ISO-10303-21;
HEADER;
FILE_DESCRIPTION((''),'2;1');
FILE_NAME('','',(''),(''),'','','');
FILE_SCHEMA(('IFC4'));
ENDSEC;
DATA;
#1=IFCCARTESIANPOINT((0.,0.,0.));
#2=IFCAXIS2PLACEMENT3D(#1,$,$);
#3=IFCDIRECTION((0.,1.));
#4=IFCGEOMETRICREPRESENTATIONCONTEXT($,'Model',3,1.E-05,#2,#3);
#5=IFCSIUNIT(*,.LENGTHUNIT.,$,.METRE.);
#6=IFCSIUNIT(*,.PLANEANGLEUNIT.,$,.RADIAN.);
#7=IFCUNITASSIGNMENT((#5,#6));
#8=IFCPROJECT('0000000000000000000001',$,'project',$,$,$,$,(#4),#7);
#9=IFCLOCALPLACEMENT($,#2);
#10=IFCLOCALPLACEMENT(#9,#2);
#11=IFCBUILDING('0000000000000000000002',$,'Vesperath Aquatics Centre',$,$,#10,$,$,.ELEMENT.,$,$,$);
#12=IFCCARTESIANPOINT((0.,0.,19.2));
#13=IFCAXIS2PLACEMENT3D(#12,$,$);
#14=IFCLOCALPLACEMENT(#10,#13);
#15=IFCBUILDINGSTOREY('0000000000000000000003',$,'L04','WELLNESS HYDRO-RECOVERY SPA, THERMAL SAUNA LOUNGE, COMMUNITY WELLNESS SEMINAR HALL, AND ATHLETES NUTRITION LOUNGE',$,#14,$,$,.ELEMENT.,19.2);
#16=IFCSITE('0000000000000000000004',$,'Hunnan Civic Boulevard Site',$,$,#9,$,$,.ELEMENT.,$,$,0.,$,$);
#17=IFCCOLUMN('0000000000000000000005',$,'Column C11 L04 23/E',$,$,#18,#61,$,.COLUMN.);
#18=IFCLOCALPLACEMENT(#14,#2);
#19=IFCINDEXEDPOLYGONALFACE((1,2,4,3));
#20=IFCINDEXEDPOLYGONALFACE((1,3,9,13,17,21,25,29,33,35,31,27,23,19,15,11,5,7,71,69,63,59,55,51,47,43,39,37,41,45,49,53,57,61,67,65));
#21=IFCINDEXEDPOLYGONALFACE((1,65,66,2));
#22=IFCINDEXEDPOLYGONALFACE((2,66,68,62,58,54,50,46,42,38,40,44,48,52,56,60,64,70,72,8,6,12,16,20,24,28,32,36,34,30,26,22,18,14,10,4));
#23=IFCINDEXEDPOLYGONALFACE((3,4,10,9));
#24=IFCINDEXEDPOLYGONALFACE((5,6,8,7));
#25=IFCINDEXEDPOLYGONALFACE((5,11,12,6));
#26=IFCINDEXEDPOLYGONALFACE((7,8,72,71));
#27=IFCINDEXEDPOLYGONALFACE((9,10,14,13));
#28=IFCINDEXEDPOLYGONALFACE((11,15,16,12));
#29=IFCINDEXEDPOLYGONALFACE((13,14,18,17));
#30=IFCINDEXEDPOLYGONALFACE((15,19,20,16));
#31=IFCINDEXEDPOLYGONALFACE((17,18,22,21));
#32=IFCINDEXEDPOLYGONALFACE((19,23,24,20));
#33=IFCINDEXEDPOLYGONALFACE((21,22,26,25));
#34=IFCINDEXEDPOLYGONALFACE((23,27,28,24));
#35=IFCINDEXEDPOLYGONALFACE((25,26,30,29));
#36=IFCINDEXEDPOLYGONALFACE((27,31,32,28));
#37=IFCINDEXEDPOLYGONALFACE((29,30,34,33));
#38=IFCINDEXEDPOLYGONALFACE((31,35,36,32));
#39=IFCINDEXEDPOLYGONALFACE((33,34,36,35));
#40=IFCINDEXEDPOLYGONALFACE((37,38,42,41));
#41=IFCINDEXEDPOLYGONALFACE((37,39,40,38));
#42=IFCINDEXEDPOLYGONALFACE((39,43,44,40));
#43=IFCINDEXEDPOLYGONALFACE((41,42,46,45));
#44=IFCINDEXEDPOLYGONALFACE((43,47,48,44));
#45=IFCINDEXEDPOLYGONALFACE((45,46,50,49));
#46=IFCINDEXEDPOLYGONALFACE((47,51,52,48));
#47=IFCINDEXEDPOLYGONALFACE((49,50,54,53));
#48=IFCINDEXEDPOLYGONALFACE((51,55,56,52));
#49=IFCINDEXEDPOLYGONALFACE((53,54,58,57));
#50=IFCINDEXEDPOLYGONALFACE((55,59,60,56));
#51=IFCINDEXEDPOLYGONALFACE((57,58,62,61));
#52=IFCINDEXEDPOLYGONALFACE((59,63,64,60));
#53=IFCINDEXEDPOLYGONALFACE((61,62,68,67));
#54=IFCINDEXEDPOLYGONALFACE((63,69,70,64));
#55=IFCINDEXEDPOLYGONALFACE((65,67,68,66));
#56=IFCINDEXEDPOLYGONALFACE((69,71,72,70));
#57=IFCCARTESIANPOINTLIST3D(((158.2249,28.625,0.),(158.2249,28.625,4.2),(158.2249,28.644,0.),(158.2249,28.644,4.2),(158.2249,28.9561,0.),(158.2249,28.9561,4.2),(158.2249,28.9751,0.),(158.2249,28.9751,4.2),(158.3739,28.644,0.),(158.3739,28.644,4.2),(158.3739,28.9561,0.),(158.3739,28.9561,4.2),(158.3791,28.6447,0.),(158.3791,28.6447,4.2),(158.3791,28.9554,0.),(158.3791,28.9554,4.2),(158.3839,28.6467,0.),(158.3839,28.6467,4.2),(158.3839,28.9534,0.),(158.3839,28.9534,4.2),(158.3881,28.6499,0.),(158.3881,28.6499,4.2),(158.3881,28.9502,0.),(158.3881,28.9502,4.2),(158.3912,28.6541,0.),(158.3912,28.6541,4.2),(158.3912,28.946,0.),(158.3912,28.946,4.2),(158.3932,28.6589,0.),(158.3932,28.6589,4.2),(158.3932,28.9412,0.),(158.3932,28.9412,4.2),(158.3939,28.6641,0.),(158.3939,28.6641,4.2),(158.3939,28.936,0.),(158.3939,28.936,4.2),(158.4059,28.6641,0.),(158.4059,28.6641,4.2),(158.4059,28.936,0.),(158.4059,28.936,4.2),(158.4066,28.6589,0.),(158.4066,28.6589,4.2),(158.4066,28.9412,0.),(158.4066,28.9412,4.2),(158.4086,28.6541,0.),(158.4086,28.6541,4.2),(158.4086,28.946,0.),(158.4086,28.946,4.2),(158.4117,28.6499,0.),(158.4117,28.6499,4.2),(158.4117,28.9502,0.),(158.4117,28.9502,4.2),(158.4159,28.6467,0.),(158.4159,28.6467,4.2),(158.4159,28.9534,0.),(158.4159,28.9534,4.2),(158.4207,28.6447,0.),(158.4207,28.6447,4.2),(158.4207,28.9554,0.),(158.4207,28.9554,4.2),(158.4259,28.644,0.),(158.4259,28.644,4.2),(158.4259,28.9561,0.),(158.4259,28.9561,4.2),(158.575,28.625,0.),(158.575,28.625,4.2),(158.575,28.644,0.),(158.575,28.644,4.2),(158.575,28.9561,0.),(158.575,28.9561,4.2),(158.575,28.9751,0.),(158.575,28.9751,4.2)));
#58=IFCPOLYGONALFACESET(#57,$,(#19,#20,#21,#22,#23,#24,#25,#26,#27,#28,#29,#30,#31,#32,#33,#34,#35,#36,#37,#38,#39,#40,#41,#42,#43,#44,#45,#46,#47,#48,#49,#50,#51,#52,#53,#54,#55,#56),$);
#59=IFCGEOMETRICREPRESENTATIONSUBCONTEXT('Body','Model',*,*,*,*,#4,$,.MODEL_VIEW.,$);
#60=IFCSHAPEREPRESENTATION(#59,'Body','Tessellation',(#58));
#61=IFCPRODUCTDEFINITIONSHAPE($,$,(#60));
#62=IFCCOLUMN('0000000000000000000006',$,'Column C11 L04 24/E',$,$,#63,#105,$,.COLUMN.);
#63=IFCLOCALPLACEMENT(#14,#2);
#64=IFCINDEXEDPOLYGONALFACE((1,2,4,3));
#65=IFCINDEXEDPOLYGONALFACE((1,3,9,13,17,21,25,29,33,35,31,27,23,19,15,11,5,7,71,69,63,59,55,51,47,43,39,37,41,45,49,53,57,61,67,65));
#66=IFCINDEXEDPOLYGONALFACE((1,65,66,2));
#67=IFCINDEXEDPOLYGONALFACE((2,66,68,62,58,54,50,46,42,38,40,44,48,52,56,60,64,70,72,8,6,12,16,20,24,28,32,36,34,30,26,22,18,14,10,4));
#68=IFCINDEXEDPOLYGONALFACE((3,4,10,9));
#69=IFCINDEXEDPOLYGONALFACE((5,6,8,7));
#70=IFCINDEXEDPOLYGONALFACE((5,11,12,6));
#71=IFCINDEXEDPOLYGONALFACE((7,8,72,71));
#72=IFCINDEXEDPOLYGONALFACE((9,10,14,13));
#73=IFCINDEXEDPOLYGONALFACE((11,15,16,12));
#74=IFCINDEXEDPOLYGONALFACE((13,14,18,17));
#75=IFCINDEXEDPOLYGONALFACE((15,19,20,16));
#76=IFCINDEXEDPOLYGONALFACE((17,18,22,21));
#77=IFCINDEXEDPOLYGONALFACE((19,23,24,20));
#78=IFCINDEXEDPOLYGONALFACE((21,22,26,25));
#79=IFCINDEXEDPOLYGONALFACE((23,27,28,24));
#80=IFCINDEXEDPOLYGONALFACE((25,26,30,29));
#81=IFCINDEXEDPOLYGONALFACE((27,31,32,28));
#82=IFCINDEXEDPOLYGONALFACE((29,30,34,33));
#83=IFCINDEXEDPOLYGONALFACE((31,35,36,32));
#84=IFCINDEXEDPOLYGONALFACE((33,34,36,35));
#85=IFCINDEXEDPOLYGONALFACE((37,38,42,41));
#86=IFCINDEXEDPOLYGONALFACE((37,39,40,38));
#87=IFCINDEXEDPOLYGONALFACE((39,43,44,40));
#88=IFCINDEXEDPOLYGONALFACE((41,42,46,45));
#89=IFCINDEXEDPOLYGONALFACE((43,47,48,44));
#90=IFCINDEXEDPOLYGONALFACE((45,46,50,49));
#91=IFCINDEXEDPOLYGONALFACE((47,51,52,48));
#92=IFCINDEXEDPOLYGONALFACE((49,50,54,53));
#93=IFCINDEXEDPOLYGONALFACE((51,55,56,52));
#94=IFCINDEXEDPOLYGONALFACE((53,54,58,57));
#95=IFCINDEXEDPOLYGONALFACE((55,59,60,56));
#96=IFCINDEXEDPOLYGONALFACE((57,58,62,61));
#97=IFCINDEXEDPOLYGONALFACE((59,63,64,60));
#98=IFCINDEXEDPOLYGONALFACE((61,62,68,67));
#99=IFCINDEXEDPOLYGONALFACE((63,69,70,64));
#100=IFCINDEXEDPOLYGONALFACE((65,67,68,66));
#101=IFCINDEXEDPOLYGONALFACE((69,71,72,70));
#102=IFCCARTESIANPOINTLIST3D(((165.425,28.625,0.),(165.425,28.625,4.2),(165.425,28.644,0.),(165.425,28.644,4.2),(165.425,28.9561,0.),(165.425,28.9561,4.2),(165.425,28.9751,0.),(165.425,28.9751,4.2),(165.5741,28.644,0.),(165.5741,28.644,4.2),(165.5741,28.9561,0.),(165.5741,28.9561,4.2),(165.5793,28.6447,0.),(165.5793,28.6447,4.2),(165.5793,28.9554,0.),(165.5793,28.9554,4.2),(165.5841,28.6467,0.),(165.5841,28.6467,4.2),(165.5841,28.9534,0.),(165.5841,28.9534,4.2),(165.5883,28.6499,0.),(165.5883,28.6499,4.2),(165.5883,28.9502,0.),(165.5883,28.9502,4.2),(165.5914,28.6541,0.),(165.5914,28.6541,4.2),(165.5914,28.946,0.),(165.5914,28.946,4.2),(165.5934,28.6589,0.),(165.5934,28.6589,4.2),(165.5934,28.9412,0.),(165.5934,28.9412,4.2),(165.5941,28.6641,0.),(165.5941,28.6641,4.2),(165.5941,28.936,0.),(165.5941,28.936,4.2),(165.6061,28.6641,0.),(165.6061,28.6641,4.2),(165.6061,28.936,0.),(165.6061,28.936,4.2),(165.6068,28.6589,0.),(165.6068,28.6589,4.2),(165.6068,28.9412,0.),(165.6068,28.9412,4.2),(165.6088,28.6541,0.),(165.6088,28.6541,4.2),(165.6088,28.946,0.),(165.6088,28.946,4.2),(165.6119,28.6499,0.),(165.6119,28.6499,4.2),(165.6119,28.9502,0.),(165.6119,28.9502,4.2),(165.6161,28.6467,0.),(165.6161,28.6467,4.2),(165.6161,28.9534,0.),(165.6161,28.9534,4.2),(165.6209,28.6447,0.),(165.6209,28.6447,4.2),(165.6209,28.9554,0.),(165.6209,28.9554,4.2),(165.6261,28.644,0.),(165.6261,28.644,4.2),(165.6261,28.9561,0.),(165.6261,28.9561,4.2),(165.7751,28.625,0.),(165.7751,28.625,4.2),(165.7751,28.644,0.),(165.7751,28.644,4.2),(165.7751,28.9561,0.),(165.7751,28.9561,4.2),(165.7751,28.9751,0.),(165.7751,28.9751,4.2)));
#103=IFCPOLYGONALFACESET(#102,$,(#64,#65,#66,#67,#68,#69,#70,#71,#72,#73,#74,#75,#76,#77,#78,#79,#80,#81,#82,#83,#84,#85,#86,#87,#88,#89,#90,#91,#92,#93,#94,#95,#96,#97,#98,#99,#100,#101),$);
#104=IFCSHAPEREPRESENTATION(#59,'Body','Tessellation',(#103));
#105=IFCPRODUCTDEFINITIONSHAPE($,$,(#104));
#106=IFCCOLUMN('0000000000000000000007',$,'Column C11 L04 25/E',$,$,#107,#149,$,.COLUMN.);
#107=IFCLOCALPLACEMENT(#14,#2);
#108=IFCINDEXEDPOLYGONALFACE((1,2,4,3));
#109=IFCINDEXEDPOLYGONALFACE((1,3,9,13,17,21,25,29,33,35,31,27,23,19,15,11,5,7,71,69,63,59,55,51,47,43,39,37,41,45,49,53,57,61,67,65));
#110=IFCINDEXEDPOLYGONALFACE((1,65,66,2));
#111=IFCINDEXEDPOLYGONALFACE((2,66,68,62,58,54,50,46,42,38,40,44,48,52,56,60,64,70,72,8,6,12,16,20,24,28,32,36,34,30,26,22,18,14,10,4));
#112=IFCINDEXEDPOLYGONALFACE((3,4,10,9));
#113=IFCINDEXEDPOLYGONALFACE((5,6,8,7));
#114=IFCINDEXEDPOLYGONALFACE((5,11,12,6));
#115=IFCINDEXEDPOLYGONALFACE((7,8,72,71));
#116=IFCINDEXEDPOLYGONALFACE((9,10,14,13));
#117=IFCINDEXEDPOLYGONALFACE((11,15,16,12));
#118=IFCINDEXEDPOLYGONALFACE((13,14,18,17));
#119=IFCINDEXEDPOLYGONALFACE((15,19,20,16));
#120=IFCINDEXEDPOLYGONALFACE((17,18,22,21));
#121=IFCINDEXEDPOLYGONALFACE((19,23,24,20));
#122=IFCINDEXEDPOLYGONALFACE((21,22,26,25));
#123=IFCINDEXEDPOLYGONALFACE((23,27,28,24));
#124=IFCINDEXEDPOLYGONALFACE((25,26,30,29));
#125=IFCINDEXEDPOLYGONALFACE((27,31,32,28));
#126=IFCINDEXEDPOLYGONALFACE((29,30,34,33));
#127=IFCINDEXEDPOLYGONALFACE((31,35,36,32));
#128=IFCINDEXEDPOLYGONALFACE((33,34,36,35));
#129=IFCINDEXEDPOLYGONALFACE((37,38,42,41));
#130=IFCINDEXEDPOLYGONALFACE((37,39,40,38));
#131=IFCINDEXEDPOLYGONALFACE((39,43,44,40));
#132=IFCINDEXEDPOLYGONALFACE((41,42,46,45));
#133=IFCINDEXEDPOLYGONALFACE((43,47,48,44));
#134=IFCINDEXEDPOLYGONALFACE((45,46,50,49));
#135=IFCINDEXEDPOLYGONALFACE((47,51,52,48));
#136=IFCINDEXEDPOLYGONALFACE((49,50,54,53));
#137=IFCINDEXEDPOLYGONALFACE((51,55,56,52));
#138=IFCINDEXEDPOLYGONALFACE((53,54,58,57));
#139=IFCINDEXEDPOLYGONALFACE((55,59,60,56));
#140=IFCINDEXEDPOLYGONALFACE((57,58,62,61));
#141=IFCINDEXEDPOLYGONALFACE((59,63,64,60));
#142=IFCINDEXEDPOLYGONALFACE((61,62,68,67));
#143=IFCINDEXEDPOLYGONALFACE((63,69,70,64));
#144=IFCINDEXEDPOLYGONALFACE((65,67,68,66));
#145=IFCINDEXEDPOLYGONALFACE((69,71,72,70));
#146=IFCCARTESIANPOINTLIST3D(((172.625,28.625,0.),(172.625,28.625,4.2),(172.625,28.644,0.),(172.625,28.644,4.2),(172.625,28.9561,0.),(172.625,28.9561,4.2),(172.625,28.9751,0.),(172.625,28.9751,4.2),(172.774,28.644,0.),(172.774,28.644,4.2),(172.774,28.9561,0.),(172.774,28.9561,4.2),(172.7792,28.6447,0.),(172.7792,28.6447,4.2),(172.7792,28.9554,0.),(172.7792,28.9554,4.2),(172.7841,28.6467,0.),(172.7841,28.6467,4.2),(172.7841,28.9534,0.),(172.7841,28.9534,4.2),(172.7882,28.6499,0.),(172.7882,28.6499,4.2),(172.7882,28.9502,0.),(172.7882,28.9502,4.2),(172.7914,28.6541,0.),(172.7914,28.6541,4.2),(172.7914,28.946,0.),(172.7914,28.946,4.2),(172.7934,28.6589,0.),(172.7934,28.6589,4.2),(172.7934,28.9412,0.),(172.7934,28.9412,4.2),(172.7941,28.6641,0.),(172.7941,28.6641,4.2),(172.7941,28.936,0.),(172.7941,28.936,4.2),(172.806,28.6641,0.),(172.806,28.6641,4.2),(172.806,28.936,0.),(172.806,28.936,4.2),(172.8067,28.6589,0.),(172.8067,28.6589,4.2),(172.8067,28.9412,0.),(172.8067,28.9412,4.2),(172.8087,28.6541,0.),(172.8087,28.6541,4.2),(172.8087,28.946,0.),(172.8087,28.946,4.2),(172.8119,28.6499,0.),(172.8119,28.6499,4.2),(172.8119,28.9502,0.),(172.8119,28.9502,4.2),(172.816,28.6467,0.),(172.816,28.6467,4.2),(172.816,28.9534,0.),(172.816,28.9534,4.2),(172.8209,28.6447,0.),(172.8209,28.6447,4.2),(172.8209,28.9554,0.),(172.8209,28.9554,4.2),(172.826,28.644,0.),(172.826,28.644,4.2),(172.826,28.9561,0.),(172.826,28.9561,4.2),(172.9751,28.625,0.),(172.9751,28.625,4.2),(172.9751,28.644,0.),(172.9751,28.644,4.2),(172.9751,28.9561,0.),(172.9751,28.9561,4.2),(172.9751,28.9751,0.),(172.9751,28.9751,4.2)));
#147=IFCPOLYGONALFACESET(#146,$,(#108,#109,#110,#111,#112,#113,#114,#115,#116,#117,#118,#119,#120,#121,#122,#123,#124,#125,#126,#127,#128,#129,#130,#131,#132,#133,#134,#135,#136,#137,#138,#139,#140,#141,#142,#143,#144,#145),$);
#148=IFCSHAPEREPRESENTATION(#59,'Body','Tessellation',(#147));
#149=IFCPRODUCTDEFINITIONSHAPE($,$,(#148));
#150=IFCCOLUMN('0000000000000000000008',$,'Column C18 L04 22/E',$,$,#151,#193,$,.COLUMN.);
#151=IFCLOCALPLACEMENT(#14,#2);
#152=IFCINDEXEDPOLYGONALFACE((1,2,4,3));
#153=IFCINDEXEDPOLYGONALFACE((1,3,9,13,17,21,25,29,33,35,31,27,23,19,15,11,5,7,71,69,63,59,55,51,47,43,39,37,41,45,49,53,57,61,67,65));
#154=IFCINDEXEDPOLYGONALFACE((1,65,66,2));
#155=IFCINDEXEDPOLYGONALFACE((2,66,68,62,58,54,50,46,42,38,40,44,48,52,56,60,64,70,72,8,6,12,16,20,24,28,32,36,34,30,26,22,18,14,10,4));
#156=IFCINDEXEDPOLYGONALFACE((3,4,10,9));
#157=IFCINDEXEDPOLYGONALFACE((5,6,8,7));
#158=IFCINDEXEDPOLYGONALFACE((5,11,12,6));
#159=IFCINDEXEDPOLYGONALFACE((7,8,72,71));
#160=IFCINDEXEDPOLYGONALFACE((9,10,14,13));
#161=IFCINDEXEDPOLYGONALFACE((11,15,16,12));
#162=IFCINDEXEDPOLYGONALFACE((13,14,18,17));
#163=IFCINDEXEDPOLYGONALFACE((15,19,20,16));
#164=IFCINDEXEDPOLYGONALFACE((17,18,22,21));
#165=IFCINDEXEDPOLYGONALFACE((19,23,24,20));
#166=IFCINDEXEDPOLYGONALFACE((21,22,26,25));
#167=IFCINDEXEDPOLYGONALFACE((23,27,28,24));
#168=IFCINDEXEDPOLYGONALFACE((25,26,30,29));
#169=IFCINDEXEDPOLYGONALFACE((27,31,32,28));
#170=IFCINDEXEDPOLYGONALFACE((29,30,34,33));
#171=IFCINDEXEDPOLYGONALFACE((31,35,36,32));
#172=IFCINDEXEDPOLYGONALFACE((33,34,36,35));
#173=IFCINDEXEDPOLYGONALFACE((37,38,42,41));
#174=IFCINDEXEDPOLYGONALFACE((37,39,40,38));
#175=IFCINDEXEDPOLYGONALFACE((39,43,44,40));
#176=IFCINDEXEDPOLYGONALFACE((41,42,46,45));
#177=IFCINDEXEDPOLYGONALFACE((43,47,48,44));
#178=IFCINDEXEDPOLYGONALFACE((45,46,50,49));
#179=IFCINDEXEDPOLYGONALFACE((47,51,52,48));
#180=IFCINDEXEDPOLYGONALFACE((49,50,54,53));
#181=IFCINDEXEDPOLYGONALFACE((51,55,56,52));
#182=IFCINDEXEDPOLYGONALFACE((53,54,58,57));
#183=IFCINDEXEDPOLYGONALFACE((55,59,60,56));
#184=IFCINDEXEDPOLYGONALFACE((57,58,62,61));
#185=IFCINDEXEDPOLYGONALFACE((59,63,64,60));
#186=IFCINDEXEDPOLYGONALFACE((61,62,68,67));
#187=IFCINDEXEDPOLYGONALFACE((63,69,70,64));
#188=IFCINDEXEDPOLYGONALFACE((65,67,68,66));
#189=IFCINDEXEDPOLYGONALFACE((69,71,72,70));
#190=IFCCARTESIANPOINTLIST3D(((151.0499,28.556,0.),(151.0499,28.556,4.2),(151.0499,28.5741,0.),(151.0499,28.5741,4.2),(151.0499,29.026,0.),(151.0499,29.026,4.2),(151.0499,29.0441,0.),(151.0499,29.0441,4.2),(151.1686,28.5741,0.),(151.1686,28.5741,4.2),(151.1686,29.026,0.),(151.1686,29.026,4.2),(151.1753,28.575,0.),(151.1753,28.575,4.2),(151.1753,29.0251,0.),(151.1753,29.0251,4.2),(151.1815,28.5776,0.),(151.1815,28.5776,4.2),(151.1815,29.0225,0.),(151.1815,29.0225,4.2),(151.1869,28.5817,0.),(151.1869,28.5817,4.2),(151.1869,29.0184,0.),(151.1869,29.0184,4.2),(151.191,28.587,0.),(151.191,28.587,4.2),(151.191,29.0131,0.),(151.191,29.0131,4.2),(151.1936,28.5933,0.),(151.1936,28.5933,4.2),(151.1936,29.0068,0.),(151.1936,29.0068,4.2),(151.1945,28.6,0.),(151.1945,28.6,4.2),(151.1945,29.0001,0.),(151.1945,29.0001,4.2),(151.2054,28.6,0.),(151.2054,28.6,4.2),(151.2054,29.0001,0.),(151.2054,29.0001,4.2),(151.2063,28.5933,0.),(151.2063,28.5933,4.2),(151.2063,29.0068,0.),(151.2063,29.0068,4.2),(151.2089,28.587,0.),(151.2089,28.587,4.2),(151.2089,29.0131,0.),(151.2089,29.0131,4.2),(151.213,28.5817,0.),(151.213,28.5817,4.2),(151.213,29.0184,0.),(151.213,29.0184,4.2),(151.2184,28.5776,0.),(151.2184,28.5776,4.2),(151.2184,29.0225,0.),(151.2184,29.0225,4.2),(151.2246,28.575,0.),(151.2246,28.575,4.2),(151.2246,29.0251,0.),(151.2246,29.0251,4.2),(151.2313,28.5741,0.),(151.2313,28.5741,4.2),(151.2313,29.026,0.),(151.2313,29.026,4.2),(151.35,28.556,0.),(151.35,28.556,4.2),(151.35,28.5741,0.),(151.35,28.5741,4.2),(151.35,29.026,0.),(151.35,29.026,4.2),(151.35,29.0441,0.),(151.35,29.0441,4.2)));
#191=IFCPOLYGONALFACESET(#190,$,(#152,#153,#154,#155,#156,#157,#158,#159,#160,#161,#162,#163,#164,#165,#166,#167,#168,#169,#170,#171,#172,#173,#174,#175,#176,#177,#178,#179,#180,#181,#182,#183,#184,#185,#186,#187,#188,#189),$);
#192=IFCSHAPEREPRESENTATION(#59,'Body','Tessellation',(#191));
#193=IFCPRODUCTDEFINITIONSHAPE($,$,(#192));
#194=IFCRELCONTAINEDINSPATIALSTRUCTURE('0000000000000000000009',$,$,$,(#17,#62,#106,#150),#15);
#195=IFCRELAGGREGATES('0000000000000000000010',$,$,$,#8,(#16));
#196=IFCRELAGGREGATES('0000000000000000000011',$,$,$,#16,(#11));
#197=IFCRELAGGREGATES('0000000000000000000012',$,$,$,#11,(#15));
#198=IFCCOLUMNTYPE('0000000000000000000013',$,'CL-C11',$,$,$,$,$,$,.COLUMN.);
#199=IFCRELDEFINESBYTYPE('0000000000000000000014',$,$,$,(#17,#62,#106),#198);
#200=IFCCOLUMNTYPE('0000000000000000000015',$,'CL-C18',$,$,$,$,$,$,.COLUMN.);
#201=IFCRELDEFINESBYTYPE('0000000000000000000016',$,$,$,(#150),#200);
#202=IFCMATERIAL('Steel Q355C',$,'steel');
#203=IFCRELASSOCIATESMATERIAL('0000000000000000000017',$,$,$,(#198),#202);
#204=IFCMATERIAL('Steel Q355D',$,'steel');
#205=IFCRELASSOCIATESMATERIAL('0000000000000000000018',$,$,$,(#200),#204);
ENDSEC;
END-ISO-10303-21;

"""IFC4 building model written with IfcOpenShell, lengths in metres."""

from ifc_helpers import new_model, si_unit, direction, frame, origin, origin_2d, place, context, subcontext, project, spatial, i_section, extrude, material, material_profile, profile_set, type_object, element, save


model = new_model("IFC4")

# Units and contexts
model_context = context("Model", 3, precision=1e-05, world=origin(), true_north=direction((0.0, 1.0)))
body_context = subcontext(model_context, "Body", "Model", "MODEL_VIEW")
ifc_project = project(units=[si_unit("LENGTHUNIT", "METRE"), si_unit("PLANEANGLEUNIT", "RADIAN")], contexts=[model_context])

# Site, building, storey
site_placement = place(None, origin())
site = spatial("IfcSite", under=ifc_project, at=site_placement, Name="Hunnan Civic Boulevard Site", CompositionType="ELEMENT", RefElevation=0.0)
building_placement = place(site_placement, origin())
building = spatial("IfcBuilding", under=site, at=building_placement, Name="Vesperath Aquatics Centre", CompositionType="ELEMENT")
storey_placement = place(building_placement, frame((0.0, 0.0, 19.2)))
storey = spatial("IfcBuildingStorey", under=building, at=storey_placement, Name="L04", Description="WELLNESS HYDRO-RECOVERY SPA, THERMAL SAUNA LOUNGE, COMMUNITY WELLNESS SEMINAR HALL, AND ATHLETES NUTRITION LOUNGE", CompositionType="ELEMENT", Elevation=19.2)

# Columns
ifc_material_1 = material(Name="Steel Q355C", Category="steel")
ifc_material_profile_1 = material_profile(ifc_material_1, i_section(OverallWidth=0.3501, OverallDepth=0.3501, WebThickness=0.012, FlangeThickness=0.019, FilletRadius=0.02, at=origin_2d()), Name="HW 350x350x12x19")
ifc_profile_set_1 = profile_set([ifc_material_profile_1], Name="Steel Q355C")
column_type_1 = type_object("IfcColumnType", Name="CL-C11", PredefinedType="COLUMN", material=ifc_profile_set_1)
for number, where, z_axis, x_axis, name in (
    (1, (158.3999, 28.8, 0.0), (0.0, 0.0, 1.0), (1.0, 0.0, 0.0), "Column C11 L04 23/E"),
    (2, (165.6001, 28.8, 0.0), (0.0, 0.0, 1.0), (1.0, 0.0, 0.0), "Column C11 L04 24/E"),
    (3, (172.8, 28.8, 0.0), (0.0, 0.0, 1.0), (1.0, 0.0, 0.0), "Column C11 L04 25/E"),
):
    element("IfcColumn", number, at=place(storey_placement, frame(where, z_axis=z_axis, x_axis=x_axis)), inside=storey, type_object=column_type_1, Name=name, PredefinedType="COLUMN", context=body_context, shape_type="SweptSolid", body=[
        extrude(i_section(OverallWidth=0.3501, OverallDepth=0.3501, WebThickness=0.012, FlangeThickness=0.019, FilletRadius=0.02, at=origin_2d()), origin(), (0.0, 0.0, 1.0), 4.2),
    ])
ifc_material_2 = material(Name="Steel Q355D", Category="steel")
ifc_material_profile_2 = material_profile(ifc_material_2, i_section(OverallWidth=0.3, OverallDepth=0.488, WebThickness=0.011, FlangeThickness=0.0181, FilletRadius=0.0259, at=origin_2d()), Name="HM 488x300x11x18")
ifc_profile_set_2 = profile_set([ifc_material_profile_2], Name="Steel Q355D")
column_type_2 = type_object("IfcColumnType", Name="CL-C18", PredefinedType="COLUMN", material=ifc_profile_set_2)
column_placement = place(storey_placement, frame((151.2, 28.8, 0.0), z_axis=(0.0, 0.0, 1.0), x_axis=(1.0, 0.0, 0.0)))
element("IfcColumn", 4, at=column_placement, inside=storey, type_object=column_type_2, Name="Column C18 L04 22/E", PredefinedType="COLUMN", context=body_context, shape_type="SweptSolid", body=[
    extrude(i_section(OverallWidth=0.3, OverallDepth=0.488, WebThickness=0.011, FlangeThickness=0.0181, FilletRadius=0.0259, at=origin_2d()), origin(), (0.0, 0.0, 1.0), 4.2),
])

save(model, "model.ifc")
